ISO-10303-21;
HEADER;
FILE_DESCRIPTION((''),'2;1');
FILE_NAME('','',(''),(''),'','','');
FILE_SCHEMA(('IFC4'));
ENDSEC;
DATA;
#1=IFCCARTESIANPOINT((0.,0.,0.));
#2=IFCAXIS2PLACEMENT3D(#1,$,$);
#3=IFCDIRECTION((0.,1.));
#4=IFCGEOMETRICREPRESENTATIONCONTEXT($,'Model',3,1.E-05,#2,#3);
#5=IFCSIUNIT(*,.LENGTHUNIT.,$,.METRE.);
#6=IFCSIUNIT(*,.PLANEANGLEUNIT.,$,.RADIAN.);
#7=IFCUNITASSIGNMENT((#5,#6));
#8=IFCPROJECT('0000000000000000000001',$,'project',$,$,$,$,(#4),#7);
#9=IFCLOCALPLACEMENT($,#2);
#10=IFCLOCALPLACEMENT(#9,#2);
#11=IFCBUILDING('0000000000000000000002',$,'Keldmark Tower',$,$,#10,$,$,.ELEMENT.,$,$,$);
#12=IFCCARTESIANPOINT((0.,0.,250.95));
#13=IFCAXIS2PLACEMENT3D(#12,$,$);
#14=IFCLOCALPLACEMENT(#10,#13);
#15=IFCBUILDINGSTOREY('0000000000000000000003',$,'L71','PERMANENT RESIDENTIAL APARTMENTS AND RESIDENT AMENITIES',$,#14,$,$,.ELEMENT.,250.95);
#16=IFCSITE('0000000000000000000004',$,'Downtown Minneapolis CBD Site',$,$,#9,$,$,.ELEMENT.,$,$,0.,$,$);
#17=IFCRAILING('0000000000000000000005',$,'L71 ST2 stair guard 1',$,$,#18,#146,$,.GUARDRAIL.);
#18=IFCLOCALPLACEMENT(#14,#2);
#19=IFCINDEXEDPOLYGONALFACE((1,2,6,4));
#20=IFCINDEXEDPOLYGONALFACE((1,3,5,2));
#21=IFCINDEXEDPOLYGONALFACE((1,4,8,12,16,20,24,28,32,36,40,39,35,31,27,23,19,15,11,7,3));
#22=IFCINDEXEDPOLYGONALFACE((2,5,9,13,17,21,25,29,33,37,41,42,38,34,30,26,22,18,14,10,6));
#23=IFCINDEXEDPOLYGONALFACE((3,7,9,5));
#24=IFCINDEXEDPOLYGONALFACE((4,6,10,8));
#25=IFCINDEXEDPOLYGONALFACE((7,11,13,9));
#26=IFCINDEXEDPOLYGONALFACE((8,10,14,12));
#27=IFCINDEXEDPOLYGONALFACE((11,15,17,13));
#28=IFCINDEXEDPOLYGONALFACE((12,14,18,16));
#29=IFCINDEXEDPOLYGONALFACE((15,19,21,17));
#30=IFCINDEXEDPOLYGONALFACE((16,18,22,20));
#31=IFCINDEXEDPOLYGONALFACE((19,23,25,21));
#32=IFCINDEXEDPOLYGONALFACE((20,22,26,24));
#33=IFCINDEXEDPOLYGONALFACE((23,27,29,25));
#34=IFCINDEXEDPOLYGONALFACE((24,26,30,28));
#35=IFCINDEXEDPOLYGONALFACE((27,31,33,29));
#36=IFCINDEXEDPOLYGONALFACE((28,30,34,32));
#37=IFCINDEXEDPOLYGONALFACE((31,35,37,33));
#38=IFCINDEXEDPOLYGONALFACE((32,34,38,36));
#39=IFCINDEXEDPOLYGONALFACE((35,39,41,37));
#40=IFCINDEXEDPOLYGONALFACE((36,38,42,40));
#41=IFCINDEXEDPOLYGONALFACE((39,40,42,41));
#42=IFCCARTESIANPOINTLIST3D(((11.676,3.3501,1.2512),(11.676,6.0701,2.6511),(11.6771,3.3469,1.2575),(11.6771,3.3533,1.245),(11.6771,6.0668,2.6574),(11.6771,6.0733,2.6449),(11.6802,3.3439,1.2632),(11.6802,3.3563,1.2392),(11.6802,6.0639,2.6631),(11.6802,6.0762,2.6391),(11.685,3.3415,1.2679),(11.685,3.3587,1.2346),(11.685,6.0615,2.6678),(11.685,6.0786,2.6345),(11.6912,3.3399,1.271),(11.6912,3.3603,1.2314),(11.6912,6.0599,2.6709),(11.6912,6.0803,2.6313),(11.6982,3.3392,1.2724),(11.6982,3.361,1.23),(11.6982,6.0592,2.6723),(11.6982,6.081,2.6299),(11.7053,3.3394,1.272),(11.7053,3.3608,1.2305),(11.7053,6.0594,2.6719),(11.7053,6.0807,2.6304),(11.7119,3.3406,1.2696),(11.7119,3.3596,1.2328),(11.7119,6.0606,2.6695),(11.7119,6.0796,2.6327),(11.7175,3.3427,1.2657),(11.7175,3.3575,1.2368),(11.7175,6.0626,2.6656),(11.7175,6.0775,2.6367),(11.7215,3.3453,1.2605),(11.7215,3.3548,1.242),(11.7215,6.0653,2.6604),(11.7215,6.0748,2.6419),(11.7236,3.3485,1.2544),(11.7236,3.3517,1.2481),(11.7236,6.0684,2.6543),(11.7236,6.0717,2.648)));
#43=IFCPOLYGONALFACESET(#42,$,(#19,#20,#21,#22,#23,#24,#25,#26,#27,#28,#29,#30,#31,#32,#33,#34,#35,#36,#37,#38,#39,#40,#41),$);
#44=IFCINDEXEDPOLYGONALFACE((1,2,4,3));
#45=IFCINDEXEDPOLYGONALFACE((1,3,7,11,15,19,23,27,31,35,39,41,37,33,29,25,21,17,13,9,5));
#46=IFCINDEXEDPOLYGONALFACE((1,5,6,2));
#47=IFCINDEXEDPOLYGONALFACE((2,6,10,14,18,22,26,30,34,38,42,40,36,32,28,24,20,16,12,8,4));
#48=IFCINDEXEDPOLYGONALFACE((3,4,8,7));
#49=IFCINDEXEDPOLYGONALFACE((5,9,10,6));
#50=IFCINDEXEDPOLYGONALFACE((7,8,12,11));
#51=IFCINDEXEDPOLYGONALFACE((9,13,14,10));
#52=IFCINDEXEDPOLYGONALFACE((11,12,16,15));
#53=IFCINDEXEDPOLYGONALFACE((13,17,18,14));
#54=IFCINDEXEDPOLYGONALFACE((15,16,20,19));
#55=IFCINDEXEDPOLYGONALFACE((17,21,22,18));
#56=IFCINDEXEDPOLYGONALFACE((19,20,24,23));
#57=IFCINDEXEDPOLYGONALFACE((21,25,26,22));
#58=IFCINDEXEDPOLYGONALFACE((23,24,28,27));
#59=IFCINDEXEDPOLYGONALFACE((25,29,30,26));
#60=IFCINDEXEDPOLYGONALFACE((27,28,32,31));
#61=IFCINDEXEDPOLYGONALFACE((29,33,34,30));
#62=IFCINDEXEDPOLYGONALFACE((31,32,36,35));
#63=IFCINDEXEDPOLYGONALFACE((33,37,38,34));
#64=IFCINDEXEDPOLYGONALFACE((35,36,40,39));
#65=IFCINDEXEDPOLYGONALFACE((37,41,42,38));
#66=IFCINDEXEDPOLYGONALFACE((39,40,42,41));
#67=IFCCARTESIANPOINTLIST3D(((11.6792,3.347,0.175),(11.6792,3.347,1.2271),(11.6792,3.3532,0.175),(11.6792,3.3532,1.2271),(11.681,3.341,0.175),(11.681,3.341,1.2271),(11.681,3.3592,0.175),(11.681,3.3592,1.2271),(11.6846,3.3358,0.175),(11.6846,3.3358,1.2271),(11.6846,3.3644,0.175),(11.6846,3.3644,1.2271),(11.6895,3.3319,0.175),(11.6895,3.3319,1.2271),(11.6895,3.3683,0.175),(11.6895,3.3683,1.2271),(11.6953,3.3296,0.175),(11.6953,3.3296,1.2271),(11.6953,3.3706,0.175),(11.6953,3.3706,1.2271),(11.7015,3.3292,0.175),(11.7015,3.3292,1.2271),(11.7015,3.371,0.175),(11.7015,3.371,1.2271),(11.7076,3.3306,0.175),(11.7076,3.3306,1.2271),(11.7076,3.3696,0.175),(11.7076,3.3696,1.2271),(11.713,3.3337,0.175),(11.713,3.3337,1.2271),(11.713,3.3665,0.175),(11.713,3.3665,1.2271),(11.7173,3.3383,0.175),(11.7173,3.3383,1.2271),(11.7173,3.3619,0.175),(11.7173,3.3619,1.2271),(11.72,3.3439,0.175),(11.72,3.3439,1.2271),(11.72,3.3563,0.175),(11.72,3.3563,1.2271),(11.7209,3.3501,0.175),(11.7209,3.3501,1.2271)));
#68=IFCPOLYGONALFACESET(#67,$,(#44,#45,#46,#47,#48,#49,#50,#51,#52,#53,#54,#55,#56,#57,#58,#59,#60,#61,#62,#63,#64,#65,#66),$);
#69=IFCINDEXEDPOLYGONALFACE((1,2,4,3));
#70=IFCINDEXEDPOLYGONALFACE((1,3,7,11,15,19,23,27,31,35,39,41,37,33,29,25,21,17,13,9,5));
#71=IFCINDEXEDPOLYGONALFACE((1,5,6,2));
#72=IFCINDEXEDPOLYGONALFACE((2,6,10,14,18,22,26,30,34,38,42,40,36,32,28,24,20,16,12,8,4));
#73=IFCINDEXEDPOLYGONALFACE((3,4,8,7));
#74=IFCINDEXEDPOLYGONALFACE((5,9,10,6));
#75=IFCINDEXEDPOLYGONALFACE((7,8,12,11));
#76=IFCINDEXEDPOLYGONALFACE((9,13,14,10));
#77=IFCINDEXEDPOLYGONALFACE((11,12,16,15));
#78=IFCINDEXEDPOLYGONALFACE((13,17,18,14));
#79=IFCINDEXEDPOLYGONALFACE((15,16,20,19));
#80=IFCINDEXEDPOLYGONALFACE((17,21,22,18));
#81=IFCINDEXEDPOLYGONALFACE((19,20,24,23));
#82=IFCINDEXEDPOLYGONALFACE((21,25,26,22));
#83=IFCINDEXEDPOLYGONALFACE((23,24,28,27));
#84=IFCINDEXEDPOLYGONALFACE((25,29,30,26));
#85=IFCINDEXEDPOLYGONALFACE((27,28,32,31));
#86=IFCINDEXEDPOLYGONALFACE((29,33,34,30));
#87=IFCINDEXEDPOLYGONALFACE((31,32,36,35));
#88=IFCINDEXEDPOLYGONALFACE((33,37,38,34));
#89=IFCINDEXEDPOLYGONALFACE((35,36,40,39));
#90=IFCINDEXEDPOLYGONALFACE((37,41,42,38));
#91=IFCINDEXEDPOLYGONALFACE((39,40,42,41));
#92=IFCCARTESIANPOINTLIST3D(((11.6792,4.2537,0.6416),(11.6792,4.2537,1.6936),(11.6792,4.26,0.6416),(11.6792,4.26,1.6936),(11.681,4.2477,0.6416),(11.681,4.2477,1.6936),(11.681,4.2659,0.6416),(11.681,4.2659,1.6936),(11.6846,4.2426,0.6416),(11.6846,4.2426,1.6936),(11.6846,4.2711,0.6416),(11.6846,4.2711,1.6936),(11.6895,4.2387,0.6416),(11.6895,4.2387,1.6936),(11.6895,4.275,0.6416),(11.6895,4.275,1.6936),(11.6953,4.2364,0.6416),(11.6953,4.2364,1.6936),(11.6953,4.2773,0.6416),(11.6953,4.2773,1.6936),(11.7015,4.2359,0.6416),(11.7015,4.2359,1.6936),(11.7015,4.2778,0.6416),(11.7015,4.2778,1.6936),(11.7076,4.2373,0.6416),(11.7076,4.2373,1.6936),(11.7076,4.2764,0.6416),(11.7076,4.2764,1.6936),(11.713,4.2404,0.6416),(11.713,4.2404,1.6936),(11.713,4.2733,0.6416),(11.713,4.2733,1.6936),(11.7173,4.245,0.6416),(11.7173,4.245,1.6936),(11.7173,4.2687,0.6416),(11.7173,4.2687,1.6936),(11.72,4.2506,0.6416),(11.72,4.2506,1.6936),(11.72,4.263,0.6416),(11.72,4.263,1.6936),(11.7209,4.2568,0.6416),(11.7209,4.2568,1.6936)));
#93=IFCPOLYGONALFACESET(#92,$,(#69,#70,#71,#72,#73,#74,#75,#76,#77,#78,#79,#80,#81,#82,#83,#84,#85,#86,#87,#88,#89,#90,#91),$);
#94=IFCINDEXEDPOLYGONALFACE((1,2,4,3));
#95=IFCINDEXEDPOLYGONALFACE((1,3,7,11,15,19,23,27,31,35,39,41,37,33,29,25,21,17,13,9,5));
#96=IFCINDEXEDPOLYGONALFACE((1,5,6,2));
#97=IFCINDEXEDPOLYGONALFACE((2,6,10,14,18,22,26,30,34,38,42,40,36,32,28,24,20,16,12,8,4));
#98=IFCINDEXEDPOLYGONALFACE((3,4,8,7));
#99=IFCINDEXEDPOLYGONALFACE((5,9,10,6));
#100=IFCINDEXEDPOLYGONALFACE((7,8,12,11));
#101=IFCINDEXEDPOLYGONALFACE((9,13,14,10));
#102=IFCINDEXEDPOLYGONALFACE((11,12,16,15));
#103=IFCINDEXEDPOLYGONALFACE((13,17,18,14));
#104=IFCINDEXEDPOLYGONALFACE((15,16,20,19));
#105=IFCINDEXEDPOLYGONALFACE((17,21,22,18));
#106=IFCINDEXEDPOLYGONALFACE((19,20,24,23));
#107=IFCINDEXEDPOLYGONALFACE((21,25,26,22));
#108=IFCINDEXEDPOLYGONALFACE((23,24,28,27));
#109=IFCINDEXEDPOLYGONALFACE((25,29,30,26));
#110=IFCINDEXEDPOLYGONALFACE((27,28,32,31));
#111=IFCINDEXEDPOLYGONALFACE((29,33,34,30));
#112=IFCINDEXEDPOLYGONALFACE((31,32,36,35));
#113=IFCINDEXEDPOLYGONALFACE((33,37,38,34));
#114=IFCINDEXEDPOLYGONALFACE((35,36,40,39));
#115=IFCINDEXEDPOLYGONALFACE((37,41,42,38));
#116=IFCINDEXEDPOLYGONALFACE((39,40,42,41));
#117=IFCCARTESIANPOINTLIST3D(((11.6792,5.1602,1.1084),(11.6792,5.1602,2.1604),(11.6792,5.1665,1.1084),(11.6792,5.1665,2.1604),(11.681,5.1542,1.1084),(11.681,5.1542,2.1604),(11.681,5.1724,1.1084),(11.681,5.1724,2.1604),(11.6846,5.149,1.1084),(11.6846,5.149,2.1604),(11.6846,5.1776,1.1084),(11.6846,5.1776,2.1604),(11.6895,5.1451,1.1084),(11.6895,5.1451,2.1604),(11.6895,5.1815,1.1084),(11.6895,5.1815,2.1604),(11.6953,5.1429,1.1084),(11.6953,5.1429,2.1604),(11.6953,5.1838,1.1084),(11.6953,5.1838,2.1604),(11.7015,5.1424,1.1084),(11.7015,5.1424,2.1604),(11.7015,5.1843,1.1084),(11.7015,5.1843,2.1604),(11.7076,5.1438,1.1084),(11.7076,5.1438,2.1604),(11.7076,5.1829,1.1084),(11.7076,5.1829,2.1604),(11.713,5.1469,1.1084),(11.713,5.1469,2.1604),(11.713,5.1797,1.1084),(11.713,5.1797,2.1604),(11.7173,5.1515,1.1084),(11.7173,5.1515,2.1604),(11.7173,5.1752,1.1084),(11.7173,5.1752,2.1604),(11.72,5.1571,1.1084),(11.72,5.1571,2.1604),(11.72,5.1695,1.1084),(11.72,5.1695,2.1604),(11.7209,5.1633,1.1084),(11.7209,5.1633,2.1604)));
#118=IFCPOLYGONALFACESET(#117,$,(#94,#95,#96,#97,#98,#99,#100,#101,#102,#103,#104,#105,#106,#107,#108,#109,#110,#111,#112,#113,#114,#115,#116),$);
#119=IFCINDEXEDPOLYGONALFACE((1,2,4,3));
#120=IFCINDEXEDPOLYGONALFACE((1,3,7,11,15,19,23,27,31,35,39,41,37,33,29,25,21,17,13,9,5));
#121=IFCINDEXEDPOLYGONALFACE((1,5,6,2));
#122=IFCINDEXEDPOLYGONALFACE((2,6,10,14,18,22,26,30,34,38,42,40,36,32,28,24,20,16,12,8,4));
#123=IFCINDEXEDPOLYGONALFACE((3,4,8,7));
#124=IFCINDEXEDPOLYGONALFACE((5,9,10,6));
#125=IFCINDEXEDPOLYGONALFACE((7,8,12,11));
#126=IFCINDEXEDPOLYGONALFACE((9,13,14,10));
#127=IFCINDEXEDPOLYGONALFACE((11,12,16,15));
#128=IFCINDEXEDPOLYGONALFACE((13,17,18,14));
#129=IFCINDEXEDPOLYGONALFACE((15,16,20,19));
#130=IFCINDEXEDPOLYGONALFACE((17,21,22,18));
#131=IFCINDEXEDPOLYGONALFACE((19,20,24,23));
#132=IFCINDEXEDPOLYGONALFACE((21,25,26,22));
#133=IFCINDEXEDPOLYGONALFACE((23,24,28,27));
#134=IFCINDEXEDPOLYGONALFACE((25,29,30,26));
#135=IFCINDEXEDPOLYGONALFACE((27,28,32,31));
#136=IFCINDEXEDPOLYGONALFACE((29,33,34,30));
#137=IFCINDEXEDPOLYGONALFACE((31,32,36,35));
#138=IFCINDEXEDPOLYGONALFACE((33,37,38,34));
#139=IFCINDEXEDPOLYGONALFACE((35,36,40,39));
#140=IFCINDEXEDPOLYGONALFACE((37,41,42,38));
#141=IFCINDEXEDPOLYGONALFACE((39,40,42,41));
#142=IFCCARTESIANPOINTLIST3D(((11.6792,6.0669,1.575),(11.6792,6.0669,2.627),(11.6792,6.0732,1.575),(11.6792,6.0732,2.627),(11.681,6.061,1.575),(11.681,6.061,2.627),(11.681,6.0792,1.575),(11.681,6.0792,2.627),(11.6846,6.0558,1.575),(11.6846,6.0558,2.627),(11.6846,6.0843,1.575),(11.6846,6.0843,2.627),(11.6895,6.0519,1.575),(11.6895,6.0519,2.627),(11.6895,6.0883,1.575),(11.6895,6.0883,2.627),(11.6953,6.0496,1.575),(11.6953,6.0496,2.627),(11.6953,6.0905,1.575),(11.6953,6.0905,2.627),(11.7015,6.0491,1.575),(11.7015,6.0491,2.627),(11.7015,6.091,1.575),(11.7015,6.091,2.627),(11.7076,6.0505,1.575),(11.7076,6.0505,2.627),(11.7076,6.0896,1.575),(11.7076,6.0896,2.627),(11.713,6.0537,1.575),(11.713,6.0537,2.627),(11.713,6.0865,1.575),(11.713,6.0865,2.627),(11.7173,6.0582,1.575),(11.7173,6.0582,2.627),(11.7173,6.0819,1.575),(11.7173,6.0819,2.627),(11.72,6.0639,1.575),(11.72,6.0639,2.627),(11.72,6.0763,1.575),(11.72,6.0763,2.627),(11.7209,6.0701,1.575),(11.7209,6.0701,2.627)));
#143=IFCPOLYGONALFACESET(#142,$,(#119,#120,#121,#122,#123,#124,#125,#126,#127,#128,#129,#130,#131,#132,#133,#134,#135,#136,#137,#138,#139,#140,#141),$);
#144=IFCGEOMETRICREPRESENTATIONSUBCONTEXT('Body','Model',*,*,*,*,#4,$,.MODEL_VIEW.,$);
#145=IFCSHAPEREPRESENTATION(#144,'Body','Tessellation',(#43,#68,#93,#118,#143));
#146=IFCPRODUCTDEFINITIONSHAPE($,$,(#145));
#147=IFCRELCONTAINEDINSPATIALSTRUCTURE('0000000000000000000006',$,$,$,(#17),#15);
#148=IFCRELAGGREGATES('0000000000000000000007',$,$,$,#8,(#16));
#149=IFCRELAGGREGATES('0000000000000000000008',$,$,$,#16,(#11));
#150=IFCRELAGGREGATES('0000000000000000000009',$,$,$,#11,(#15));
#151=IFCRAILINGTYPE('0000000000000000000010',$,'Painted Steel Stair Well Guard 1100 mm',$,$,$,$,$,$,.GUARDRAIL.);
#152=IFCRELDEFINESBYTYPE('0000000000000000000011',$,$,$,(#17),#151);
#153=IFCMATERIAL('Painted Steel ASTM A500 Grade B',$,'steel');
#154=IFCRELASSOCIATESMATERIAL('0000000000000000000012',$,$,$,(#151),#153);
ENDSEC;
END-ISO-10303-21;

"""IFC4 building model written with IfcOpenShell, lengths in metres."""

from ifc_helpers import new_model, si_unit, direction, frame, origin, origin_2d, place, context, subcontext, project, spatial, circle, extrude, material, type_object, element, save


model = new_model("IFC4")

# Units and contexts
model_context = context("Model", 3, precision=1e-05, world=origin(), true_north=direction((0.0, 1.0)))
body_context = subcontext(model_context, "Body", "Model", "MODEL_VIEW")
ifc_project = project(units=[si_unit("LENGTHUNIT", "METRE"), si_unit("PLANEANGLEUNIT", "RADIAN")], contexts=[model_context])

# Site, building, storey
site_placement = place(None, origin())
site = spatial("IfcSite", under=ifc_project, at=site_placement, Name="Downtown Minneapolis CBD Site", CompositionType="ELEMENT", RefElevation=0.0)
building_placement = place(site_placement, origin())
building = spatial("IfcBuilding", under=site, at=building_placement, Name="Keldmark Tower", CompositionType="ELEMENT")
storey_placement = place(building_placement, frame((0.0, 0.0, 250.95)))
storey = spatial("IfcBuildingStorey", under=building, at=storey_placement, Name="L71", Description="PERMANENT RESIDENTIAL APARTMENTS AND RESIDENT AMENITIES", CompositionType="ELEMENT", Elevation=250.95)

# Railing
ifc_material_1 = material(Name="Painted Steel ASTM A500 Grade B", Category="steel")
railing_type_1 = type_object("IfcRailingType", Name="Painted Steel Stair Well Guard 1100 mm", PredefinedType="GUARDRAIL", material=ifc_material_1)
railing_1_placement = place(storey_placement, frame((11.7, 3.3501, 0.175)))
element("IfcRailing", 1, at=railing_1_placement, inside=storey, type_object=railing_type_1, Name="L71 ST2 stair guard 1", PredefinedType="GUARDRAIL", context=body_context, shape_type="SweptSolid", body=[
    extrude(circle(Radius=0.0239, at=origin_2d()), frame((0.0, 0.0, 1.0762), z_axis=(0.0, 0.889147, 0.457622), x_axis=(-1.0, 0.0, 0.0)), (0.0, 0.0, 1.0), 3.0591),
    extrude(circle(Radius=0.021, at=origin_2d()), origin(), (0.0, 0.0, 1.0), 1.052),
    extrude(circle(Radius=0.021, at=origin_2d()), frame((0.0, 0.9067, 0.4666)), (0.0, 0.0, 1.0), 1.052),
    extrude(circle(Radius=0.021, at=origin_2d()), frame((0.0, 1.8132, 0.9333)), (0.0, 0.0, 1.0), 1.052),
    extrude(circle(Radius=0.021, at=origin_2d()), frame((0.0, 2.72, 1.3999)), (0.0, 0.0, 1.0), 1.052),
])

save(model, "model.ifc")
